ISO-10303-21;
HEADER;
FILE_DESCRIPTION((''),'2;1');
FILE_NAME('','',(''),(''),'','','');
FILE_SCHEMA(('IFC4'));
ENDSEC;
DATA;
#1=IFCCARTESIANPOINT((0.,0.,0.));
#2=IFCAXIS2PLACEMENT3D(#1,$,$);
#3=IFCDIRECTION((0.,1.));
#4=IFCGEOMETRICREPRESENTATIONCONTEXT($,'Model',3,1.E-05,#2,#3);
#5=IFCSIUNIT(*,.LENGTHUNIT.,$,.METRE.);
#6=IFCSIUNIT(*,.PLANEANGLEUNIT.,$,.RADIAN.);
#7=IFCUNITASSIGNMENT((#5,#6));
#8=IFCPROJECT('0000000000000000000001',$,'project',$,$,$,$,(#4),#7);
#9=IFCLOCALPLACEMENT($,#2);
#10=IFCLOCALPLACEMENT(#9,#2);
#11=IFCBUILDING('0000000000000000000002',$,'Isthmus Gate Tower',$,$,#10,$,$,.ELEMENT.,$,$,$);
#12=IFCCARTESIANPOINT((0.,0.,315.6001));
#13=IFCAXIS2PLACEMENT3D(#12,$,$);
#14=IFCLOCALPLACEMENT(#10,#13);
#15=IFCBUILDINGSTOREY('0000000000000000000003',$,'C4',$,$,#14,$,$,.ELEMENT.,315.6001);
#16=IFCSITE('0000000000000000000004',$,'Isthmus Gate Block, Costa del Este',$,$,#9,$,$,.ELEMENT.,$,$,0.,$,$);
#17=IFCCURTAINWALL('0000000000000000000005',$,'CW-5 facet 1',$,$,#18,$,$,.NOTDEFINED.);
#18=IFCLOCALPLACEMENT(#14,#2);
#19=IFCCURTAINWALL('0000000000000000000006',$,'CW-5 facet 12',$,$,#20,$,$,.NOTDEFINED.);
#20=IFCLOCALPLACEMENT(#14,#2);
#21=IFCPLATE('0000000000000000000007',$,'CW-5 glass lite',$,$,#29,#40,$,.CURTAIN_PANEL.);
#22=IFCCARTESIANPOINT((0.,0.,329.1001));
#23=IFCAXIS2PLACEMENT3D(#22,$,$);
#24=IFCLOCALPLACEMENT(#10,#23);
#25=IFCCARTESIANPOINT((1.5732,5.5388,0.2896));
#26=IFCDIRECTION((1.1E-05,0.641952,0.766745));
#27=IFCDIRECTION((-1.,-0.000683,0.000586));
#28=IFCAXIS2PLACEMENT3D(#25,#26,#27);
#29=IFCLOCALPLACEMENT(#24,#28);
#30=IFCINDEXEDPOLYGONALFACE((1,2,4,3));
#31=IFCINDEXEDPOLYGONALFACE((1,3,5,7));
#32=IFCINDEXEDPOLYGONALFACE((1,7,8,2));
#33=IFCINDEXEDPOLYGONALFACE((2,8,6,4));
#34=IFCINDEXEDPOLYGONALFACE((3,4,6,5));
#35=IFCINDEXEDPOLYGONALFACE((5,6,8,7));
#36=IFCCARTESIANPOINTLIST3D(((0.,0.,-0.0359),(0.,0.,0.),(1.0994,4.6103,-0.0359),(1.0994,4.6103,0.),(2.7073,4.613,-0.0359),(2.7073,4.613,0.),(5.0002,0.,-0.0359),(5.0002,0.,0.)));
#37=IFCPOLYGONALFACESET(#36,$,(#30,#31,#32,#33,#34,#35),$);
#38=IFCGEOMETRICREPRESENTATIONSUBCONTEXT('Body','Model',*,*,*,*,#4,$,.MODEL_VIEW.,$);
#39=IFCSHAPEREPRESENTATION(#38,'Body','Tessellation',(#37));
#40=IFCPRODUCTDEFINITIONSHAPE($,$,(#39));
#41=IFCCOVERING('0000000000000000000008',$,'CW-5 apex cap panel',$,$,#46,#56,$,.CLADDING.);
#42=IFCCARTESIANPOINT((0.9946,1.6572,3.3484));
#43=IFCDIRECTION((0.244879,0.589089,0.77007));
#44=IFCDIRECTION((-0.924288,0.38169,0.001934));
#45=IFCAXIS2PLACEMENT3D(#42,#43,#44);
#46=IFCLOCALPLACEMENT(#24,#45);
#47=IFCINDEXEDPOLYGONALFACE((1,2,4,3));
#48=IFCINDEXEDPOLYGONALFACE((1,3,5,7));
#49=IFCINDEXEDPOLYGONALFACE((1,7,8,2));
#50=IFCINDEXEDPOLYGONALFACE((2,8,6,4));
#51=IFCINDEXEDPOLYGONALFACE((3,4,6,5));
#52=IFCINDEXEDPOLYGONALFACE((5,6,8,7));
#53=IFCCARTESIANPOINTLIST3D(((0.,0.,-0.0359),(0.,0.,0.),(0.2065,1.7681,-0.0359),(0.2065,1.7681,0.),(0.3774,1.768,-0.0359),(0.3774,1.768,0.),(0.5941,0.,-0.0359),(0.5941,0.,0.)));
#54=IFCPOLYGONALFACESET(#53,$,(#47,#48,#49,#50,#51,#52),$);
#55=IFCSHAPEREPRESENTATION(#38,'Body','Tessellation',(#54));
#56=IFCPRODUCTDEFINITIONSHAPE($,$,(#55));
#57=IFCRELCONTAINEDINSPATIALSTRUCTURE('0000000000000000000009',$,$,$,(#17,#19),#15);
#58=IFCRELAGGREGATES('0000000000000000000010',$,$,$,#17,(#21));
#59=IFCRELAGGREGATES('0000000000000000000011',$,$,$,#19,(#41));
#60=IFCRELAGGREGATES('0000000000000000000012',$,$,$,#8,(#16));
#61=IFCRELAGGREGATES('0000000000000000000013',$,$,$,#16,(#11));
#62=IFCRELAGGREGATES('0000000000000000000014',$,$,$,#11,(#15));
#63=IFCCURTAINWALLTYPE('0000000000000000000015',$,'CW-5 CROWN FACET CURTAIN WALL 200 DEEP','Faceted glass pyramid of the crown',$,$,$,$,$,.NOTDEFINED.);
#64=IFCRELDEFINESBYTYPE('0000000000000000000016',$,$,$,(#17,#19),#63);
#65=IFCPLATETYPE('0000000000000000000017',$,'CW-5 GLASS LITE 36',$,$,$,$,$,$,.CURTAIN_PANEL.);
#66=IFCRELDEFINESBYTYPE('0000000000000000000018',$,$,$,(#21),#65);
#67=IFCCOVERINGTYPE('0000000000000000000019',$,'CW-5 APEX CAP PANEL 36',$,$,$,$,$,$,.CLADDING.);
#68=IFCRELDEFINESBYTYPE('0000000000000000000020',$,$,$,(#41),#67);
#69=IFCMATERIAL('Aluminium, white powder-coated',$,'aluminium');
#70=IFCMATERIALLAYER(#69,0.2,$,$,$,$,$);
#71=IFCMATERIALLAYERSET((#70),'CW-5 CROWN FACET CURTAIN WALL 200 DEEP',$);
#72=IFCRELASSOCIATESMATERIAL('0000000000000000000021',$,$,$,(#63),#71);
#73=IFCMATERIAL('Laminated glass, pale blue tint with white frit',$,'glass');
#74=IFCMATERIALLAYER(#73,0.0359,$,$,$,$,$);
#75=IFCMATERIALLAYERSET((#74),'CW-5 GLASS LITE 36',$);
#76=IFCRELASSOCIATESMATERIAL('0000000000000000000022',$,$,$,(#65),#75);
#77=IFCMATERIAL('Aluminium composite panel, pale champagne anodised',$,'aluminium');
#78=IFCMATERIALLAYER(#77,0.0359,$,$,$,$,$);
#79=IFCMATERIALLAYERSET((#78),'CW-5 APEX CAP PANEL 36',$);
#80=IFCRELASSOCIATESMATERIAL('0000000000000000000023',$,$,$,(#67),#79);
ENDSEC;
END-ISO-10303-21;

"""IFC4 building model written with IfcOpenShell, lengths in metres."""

from ifc_helpers import new_model, si_unit, direction, frame, origin, place, context, subcontext, project, spatial, polyline, outline, extrude, material, layer, layer_set, type_object, element, aggregate, save


model = new_model("IFC4")

# Units and contexts
model_context = context("Model", 3, precision=1e-05, world=origin(), true_north=direction((0.0, 1.0)))
body_context = subcontext(model_context, "Body", "Model", "MODEL_VIEW")
ifc_project = project(units=[si_unit("LENGTHUNIT", "METRE"), si_unit("PLANEANGLEUNIT", "RADIAN")], contexts=[model_context])

# Site, building, storey
site_placement = place(None, origin())
site = spatial("IfcSite", under=ifc_project, at=site_placement, Name="Isthmus Gate Block, Costa del Este", CompositionType="ELEMENT", RefElevation=0.0)
building_placement = place(site_placement, origin())
building = spatial("IfcBuilding", under=site, at=building_placement, Name="Isthmus Gate Tower", CompositionType="ELEMENT")
storey_placement = place(building_placement, frame((0.0, 0.0, 315.6001)))
storey = spatial("IfcBuildingStorey", under=building, at=storey_placement, Name="C4", CompositionType="ELEMENT", Elevation=315.6001)

# Curtain wall
ifc_material_1 = material(Name="Aluminium, white powder-coated", Category="aluminium")
ifc_layer_1 = layer(ifc_material_1, 0.2)
ifc_layer_set_1 = layer_set([ifc_layer_1], Name="CW-5 CROWN FACET CURTAIN WALL 200 DEEP")
curtain_wall_type = type_object("IfcCurtainWallType", Name="CW-5 CROWN FACET CURTAIN WALL 200 DEEP", Description="Faceted glass pyramid of the crown", PredefinedType="NOTDEFINED", material=ifc_layer_set_1)
curtain_wall_1_placement = place(storey_placement, origin())
curtain_wall_1 = element("IfcCurtainWall", 1, at=curtain_wall_1_placement, inside=storey, type_object=curtain_wall_type, Name="CW-5 facet 1", PredefinedType="NOTDEFINED")

# Curtain wall
curtain_wall_2_placement = place(storey_placement, origin())
curtain_wall_2 = element("IfcCurtainWall", 2, at=curtain_wall_2_placement, inside=storey, type_object=curtain_wall_type, Name="CW-5 facet 12", PredefinedType="NOTDEFINED")

# Shared definitions
placement_1 = place(building_placement, frame((0.0, 0.0, 329.1001)))

# Plate
ifc_material_2 = material(Name="Laminated glass, pale blue tint with white frit", Category="glass")
ifc_layer_2 = layer(ifc_material_2, 0.0359)
ifc_layer_set_2 = layer_set([ifc_layer_2], Name="CW-5 GLASS LITE 36")
plate_type = type_object("IfcPlateType", Name="CW-5 GLASS LITE 36", PredefinedType="CURTAIN_PANEL", material=ifc_layer_set_2)
plate_1_placement = place(placement_1, frame((1.5732, 5.5388, 0.2896), z_axis=(0.000011, 0.641952, 0.766745), x_axis=(-1.0, -0.000683, 0.000586)))
plate_1 = element("IfcPlate", 3, at=plate_1_placement, type_object=plate_type, Name="CW-5 glass lite", PredefinedType="CURTAIN_PANEL", context=body_context, shape_type="SweptSolid", body=[
    extrude(outline(polyline([(0.0, 0.0), (5.0002, 0.0), (2.7073, 4.613), (1.0994, 4.6103), (0.0, 0.0)])), origin(), (0.0, 0.0, -1.0), 0.0359),
])

# Covering
ifc_material_3 = material(Name="Aluminium composite panel, pale champagne anodised", Category="aluminium")
ifc_layer_3 = layer(ifc_material_3, 0.0359)
ifc_layer_set_3 = layer_set([ifc_layer_3], Name="CW-5 APEX CAP PANEL 36")
covering_type = type_object("IfcCoveringType", Name="CW-5 APEX CAP PANEL 36", PredefinedType="CLADDING", material=ifc_layer_set_3)
aggregate(curtain_wall_1, [plate_1])
covering_1_placement = place(placement_1, frame((0.9946, 1.6572, 3.3484), z_axis=(0.244879, 0.589089, 0.77007), x_axis=(-0.924288, 0.38169, 0.001934)))
covering_1 = element("IfcCovering", 4, at=covering_1_placement, type_object=covering_type, Name="CW-5 apex cap panel", PredefinedType="CLADDING", context=body_context, shape_type="SweptSolid", body=[
    extrude(outline(polyline([(0.0, 0.0), (0.5941, 0.0), (0.3774, 1.768), (0.2065, 1.7681), (0.0, 0.0)])), origin(), (0.0, 0.0, -1.0), 0.0359),
])
aggregate(curtain_wall_2, [covering_1])

save(model, "model.ifc")
